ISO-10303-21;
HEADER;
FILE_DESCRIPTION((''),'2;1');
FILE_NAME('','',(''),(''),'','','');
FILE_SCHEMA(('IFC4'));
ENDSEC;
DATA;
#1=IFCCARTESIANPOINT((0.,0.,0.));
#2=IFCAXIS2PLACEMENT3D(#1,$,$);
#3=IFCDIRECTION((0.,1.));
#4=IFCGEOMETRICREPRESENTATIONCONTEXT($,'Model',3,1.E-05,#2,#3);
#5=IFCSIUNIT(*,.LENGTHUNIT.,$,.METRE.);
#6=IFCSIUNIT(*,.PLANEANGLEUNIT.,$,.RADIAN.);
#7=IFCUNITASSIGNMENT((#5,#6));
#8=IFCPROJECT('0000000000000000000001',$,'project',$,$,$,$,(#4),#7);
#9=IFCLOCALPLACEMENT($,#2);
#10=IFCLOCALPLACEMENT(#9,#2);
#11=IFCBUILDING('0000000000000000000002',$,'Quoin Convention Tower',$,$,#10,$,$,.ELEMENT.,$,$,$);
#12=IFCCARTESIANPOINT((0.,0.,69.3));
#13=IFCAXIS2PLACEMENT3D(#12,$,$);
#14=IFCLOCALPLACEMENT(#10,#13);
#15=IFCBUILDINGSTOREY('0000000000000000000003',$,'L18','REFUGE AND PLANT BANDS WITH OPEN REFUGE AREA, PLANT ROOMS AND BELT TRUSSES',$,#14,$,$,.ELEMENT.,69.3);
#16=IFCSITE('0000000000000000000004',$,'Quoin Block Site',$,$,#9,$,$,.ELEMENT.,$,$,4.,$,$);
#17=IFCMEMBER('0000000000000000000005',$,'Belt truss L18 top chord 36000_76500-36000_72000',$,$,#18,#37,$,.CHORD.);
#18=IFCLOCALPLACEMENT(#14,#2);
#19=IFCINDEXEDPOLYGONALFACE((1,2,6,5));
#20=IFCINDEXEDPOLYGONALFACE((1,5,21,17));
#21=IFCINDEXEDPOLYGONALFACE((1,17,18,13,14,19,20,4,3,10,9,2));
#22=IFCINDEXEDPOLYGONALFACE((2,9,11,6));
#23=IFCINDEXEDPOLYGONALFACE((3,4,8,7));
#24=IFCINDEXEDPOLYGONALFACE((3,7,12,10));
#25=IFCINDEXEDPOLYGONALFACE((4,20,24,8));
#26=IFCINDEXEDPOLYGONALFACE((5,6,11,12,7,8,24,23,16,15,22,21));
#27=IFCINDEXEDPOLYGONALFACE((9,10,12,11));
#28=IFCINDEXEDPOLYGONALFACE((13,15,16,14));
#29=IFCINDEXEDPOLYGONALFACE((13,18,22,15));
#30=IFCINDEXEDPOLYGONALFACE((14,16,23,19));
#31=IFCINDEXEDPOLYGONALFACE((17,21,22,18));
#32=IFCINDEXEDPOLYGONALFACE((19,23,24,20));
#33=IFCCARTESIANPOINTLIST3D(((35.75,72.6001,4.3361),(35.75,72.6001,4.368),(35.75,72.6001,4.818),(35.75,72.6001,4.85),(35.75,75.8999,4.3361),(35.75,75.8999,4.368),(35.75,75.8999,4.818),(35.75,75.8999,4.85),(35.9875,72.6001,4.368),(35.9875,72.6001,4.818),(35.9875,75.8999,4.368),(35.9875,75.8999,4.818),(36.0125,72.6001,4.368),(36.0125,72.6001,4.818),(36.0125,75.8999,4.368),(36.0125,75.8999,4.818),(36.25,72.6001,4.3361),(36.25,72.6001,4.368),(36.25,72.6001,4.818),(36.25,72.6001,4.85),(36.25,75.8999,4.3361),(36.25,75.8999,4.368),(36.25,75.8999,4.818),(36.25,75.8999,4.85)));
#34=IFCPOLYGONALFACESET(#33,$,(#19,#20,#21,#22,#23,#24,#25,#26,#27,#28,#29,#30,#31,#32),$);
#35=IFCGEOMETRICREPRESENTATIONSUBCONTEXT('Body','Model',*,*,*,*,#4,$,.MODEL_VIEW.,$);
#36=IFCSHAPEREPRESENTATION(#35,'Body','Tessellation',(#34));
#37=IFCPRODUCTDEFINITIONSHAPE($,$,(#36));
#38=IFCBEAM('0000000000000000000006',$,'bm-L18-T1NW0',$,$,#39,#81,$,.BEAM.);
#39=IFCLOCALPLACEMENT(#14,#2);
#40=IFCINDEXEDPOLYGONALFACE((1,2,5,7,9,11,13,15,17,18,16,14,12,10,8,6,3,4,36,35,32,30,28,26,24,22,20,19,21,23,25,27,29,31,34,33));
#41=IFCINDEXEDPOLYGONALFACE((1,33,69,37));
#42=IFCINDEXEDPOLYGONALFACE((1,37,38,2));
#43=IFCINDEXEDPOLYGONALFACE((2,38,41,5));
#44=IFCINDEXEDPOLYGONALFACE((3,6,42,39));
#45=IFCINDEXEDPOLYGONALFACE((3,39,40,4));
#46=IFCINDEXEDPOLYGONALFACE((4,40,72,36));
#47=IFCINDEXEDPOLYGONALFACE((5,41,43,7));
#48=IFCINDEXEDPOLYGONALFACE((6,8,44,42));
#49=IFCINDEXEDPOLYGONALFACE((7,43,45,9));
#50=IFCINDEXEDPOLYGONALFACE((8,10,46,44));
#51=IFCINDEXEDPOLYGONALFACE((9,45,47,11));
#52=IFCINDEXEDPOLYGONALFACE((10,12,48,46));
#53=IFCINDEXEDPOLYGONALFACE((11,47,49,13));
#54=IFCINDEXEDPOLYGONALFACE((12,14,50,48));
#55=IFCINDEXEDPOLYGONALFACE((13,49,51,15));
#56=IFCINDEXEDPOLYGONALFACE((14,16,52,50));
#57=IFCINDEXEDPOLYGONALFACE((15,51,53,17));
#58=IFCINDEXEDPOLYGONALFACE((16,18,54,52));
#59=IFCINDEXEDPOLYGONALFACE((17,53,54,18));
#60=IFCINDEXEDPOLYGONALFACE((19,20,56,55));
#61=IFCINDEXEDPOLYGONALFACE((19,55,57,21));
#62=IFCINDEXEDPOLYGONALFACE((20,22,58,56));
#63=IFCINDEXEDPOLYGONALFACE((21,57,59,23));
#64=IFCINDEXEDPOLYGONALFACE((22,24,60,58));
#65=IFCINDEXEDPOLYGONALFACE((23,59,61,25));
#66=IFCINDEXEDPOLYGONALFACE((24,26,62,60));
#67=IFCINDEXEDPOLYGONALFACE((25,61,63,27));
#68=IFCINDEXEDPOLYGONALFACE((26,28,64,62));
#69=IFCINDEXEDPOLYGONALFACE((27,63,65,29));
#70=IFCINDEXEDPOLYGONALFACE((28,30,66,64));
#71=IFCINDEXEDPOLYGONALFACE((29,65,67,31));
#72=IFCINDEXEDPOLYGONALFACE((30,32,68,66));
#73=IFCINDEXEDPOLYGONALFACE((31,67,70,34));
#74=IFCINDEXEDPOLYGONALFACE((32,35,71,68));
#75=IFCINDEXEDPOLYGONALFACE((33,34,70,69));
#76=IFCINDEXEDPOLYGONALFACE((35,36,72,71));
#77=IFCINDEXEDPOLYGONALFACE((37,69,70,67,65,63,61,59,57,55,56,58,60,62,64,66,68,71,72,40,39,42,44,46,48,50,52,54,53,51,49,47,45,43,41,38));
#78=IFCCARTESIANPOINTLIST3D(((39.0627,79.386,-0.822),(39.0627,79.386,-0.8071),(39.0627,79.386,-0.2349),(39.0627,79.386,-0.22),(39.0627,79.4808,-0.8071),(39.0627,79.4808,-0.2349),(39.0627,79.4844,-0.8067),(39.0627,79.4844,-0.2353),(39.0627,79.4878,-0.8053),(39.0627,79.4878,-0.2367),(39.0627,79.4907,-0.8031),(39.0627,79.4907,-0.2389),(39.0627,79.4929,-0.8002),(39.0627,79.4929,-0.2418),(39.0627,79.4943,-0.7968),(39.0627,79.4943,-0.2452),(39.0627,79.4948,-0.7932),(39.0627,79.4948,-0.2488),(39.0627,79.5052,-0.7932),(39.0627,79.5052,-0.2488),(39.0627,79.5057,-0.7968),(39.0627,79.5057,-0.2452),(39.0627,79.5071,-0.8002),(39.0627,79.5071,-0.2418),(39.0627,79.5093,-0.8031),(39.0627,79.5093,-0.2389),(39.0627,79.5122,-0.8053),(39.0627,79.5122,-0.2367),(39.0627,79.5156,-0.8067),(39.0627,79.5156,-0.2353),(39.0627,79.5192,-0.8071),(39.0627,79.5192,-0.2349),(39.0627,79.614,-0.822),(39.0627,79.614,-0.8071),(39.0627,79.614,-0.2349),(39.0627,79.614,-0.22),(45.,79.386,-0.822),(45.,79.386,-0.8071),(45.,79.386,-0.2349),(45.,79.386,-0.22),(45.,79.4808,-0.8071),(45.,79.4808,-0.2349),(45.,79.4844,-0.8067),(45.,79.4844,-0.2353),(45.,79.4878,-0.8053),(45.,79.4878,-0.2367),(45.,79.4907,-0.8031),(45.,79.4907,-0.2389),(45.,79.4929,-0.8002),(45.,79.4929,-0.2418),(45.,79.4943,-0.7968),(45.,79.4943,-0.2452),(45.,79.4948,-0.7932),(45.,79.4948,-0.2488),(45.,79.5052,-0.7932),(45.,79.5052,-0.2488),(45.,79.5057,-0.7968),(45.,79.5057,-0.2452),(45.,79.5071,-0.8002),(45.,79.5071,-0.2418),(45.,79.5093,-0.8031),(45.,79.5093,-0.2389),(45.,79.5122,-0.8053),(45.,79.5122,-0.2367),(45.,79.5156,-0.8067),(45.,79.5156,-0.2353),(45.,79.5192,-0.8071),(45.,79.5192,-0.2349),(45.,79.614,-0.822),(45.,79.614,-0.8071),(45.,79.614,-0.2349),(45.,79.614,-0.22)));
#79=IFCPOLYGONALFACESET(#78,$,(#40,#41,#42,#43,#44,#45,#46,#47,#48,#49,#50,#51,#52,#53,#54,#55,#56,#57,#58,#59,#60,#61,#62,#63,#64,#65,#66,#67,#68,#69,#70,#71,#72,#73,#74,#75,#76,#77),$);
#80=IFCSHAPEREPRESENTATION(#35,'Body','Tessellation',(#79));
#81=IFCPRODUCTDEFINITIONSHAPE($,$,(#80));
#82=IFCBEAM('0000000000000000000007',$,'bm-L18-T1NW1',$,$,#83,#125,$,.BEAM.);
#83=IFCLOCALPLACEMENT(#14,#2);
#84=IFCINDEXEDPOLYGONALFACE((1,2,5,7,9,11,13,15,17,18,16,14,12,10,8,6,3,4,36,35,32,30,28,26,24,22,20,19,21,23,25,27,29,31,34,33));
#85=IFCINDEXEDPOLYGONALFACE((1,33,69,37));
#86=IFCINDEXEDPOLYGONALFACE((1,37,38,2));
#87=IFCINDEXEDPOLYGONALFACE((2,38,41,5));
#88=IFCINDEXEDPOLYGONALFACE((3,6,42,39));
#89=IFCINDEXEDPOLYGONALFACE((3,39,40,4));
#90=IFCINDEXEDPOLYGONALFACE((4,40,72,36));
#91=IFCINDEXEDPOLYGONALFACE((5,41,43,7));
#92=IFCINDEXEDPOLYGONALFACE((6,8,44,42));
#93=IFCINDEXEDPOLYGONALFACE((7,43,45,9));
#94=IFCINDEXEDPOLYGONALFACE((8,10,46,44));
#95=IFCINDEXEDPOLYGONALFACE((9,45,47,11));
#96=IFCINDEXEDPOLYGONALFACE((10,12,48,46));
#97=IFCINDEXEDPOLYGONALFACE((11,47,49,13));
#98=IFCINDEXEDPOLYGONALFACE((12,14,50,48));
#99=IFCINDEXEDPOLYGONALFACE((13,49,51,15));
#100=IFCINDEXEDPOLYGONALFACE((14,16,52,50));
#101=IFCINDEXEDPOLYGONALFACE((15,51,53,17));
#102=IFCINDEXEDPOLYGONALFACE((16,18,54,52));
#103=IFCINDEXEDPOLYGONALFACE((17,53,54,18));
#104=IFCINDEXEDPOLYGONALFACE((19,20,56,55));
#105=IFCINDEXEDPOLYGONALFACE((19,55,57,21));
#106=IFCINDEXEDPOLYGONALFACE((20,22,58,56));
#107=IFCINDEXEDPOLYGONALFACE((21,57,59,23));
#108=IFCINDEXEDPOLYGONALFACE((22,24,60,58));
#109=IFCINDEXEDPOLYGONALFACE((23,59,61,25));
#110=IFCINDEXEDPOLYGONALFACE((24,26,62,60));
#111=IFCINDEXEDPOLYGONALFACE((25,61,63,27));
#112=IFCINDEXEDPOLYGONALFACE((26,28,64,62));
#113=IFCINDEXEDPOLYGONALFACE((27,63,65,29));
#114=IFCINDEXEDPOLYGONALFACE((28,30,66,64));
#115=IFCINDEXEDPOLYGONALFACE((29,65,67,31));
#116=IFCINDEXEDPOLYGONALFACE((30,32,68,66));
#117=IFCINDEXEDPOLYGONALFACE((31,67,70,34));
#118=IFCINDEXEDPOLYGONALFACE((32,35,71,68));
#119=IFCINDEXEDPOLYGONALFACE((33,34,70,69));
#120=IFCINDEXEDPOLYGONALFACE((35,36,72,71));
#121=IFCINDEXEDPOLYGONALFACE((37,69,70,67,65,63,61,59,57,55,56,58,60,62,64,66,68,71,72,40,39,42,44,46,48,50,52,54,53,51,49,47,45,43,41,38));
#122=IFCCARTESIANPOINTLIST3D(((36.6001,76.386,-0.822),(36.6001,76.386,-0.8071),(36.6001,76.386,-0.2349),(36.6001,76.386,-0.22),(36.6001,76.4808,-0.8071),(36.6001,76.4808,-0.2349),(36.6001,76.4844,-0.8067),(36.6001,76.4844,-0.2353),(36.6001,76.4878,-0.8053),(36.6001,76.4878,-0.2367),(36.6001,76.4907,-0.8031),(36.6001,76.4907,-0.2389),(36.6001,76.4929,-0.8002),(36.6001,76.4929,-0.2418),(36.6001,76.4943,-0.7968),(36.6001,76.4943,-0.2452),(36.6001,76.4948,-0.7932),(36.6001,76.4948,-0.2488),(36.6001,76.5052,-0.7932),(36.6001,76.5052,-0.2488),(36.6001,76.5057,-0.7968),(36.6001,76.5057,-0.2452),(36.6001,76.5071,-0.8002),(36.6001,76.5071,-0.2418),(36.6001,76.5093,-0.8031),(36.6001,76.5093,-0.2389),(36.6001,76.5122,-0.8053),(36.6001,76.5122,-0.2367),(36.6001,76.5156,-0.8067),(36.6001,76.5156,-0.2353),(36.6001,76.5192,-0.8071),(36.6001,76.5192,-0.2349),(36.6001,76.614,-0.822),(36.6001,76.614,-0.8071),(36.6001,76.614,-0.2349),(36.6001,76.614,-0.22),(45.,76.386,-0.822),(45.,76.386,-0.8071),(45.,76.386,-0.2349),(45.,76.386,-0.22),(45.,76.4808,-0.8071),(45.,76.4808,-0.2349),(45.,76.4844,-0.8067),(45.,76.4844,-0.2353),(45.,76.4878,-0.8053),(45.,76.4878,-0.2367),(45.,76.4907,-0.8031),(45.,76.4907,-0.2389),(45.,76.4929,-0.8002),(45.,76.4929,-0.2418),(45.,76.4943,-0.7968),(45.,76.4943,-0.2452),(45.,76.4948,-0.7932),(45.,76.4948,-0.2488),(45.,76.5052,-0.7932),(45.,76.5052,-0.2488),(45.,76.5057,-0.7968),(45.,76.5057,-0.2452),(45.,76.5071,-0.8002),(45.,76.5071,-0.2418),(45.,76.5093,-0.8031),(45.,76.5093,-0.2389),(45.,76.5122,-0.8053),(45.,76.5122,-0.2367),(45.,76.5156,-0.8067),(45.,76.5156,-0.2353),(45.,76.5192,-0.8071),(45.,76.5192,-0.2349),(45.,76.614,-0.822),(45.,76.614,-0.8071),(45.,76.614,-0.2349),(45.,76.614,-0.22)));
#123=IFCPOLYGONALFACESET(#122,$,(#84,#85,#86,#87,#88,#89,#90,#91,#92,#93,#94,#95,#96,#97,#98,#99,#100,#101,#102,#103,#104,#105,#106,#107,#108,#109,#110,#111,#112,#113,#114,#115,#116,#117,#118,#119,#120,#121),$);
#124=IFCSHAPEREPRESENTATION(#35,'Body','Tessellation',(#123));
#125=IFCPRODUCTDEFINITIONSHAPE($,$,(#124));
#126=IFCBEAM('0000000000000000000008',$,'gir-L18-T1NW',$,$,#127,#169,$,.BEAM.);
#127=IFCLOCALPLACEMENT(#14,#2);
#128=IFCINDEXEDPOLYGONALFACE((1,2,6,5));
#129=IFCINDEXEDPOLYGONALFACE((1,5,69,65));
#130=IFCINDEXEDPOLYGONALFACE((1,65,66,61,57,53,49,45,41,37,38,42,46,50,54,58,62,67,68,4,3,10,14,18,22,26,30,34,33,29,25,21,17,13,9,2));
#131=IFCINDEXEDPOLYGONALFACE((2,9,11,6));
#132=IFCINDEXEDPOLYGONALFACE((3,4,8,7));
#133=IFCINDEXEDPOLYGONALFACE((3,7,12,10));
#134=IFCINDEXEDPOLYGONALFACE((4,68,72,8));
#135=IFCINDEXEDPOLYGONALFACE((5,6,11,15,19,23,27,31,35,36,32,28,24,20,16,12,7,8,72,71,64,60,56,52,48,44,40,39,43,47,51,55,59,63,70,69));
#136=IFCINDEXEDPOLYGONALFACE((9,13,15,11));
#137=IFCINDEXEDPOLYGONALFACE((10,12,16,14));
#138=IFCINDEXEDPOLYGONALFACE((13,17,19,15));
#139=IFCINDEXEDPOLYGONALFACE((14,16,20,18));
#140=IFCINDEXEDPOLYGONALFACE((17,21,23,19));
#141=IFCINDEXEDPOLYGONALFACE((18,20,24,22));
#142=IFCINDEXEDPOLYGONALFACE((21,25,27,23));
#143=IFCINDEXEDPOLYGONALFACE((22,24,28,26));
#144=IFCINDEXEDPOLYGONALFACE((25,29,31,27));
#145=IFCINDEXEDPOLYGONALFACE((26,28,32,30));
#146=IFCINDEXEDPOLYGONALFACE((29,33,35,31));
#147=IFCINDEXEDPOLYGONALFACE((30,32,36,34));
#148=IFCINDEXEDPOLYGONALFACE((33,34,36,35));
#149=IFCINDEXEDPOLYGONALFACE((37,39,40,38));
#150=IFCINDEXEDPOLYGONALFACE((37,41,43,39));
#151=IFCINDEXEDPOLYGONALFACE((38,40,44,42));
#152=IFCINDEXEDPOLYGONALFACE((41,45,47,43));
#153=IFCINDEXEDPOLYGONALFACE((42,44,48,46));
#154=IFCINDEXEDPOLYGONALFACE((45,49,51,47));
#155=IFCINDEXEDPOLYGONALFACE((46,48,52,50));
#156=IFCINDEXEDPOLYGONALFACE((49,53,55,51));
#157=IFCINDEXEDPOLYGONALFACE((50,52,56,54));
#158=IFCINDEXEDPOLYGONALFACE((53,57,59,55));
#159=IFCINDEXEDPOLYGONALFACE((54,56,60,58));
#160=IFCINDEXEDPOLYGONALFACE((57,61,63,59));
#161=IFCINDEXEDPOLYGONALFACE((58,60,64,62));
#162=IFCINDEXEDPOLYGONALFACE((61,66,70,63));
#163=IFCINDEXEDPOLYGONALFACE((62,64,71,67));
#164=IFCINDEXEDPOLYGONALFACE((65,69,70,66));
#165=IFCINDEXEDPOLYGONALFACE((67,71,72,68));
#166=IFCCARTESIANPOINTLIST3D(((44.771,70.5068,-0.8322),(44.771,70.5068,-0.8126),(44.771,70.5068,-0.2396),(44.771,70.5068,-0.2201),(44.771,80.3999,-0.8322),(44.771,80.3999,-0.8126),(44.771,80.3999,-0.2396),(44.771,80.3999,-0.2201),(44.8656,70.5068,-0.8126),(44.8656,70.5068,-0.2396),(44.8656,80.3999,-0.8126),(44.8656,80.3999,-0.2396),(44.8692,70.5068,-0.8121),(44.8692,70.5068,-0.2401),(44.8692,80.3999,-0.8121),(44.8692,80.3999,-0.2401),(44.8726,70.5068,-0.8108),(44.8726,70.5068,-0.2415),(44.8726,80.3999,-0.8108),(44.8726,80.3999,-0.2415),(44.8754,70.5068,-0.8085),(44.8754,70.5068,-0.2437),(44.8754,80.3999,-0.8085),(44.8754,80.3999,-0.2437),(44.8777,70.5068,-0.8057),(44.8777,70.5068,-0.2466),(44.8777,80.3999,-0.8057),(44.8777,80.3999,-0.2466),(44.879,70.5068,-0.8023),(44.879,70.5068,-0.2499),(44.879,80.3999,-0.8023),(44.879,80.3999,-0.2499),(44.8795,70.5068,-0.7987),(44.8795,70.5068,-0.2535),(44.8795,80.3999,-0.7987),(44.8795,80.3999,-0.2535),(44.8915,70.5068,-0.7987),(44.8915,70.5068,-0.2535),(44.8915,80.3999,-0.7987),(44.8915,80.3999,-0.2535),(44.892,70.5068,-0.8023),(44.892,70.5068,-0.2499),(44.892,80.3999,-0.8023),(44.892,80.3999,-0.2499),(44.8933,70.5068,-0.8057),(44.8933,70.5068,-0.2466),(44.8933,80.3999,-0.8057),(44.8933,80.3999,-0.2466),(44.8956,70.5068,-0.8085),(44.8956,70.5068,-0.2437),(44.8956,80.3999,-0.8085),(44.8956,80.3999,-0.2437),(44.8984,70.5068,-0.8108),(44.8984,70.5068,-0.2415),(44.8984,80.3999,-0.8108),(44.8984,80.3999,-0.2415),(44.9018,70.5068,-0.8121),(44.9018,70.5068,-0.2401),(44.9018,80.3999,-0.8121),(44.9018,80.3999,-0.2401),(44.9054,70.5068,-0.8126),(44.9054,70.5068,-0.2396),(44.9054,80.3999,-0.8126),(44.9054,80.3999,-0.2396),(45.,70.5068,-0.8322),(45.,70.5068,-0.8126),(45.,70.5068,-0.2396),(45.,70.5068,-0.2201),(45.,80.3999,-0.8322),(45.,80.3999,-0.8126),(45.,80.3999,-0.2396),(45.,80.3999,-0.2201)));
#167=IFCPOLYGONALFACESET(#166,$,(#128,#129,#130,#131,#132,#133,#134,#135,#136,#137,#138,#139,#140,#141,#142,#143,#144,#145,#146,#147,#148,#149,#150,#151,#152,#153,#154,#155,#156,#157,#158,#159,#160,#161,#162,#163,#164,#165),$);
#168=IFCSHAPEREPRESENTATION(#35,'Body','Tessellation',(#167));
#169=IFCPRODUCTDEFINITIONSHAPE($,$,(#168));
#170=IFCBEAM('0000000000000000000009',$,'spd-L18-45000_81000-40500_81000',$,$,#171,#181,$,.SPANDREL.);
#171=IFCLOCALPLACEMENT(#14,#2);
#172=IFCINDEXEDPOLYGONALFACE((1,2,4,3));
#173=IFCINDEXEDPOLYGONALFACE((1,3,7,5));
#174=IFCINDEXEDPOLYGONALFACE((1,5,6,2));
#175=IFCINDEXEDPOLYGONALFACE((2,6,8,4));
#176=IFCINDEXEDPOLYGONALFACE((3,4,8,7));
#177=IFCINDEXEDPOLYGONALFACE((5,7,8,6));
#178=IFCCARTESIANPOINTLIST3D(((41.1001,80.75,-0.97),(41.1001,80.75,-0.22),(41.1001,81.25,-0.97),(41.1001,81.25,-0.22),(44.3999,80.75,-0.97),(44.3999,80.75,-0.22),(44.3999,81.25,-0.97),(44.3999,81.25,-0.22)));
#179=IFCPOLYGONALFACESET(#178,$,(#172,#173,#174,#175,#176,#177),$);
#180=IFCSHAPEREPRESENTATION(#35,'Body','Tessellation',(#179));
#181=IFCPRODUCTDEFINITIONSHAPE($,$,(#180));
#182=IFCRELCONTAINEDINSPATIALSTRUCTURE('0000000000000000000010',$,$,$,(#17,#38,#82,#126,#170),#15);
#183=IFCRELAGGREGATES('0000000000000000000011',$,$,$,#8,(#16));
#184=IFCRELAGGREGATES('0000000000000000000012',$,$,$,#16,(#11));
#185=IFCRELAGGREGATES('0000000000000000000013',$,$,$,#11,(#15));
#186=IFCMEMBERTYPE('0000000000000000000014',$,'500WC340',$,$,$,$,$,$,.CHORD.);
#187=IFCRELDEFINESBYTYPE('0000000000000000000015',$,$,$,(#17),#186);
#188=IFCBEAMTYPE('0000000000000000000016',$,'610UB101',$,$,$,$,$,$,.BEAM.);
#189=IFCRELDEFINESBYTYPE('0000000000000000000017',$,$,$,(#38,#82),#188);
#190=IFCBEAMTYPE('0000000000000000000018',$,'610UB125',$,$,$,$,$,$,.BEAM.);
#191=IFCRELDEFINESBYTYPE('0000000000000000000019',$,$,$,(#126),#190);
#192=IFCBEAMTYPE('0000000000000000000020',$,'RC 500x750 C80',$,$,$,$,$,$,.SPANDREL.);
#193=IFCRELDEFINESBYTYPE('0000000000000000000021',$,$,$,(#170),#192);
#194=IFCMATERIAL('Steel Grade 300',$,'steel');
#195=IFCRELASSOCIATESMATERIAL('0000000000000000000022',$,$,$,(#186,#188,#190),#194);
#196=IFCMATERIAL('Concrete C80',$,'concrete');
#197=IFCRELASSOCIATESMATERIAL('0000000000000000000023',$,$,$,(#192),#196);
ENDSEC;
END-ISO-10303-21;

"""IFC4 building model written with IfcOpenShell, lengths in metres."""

from ifc_helpers import new_model, si_unit, direction, frame, origin, origin_2d, place, context, subcontext, project, spatial, rectangle, i_section, extrude, material, material_profile, profile_set, type_object, element, save


model = new_model("IFC4")

# Units and contexts
model_context = context("Model", 3, precision=1e-05, world=origin(), true_north=direction((0.0, 1.0)))
body_context = subcontext(model_context, "Body", "Model", "MODEL_VIEW")
ifc_project = project(units=[si_unit("LENGTHUNIT", "METRE"), si_unit("PLANEANGLEUNIT", "RADIAN")], contexts=[model_context])

# Site, building, storey
site_placement = place(None, origin())
site = spatial("IfcSite", under=ifc_project, at=site_placement, Name="Quoin Block Site", CompositionType="ELEMENT", RefElevation=4.0)
building_placement = place(site_placement, origin())
building = spatial("IfcBuilding", under=site, at=building_placement, Name="Quoin Convention Tower", CompositionType="ELEMENT")
storey_placement = place(building_placement, frame((0.0, 0.0, 69.3)))
storey = spatial("IfcBuildingStorey", under=building, at=storey_placement, Name="L18", Description="REFUGE AND PLANT BANDS WITH OPEN REFUGE AREA, PLANT ROOMS AND BELT TRUSSES", CompositionType="ELEMENT", Elevation=69.3)

# Shared definitions
ifc_material_1 = material(Name="Concrete C80", Category="concrete")

# Member
ifc_material_2 = material(Name="Steel Grade 300", Category="steel")
ifc_material_profile_1 = material_profile(ifc_material_2, i_section(OverallWidth=0.5, OverallDepth=0.5139, WebThickness=0.0249, FlangeThickness=0.032, at=origin_2d()), Name="500WC340")
ifc_profile_set_1 = profile_set([ifc_material_profile_1], Name="Steel Grade 300")
member_type_1 = type_object("IfcMemberType", Name="500WC340", PredefinedType="CHORD", material=ifc_profile_set_1)
member_1_placement = place(storey_placement, frame((36.0, 75.8999, 4.593), z_axis=(0.0, -1.0, 0.0), x_axis=(1.0, 0.0, 0.0)))
element("IfcMember", 1, at=member_1_placement, inside=storey, type_object=member_type_1, Name="Belt truss L18 top chord 36000_76500-36000_72000", PredefinedType="CHORD", context=body_context, shape_type="SweptSolid", body=[
    extrude(i_section(OverallWidth=0.5, OverallDepth=0.5139, WebThickness=0.0249, FlangeThickness=0.032, at=origin_2d()), origin(), (0.0, 0.0, 1.0), 3.2998),
])

# Beams
ifc_material_profile_2 = material_profile(ifc_material_2, i_section(OverallWidth=0.228, OverallDepth=0.6021, WebThickness=0.0105, FlangeThickness=0.0149, FilletRadius=0.0139, at=origin_2d()), Name="610UB101")
ifc_profile_set_2 = profile_set([ifc_material_profile_2], Name="Steel Grade 300")
beam_type_1 = type_object("IfcBeamType", Name="610UB101", PredefinedType="BEAM", material=ifc_profile_set_2)
beam_1_placement = place(storey_placement, frame((39.0627, 79.5, -0.521), z_axis=(1.0, 0.0, 0.0), x_axis=(0.0, 1.0, 0.0)))
element("IfcBeam", 2, at=beam_1_placement, inside=storey, type_object=beam_type_1, Name="bm-L18-T1NW0", PredefinedType="BEAM", context=body_context, shape_type="SweptSolid", body=[
    extrude(i_section(OverallWidth=0.228, OverallDepth=0.6021, WebThickness=0.0105, FlangeThickness=0.0149, FilletRadius=0.0139, at=origin_2d()), origin(), (0.0, 0.0, 1.0), 5.9373),
])
beam_2_placement = place(storey_placement, frame((36.6001, 76.5, -0.521), z_axis=(1.0, 0.0, 0.0), x_axis=(0.0, 1.0, 0.0)))
element("IfcBeam", 3, at=beam_2_placement, inside=storey, type_object=beam_type_1, Name="bm-L18-T1NW1", PredefinedType="BEAM", context=body_context, shape_type="SweptSolid", body=[
    extrude(i_section(OverallWidth=0.228, OverallDepth=0.6021, WebThickness=0.0105, FlangeThickness=0.0149, FilletRadius=0.0139, at=origin_2d()), origin(), (0.0, 0.0, 1.0), 8.3999),
])
ifc_material_profile_3 = material_profile(ifc_material_2, i_section(OverallWidth=0.229, OverallDepth=0.6121, WebThickness=0.012, FlangeThickness=0.0195, FilletRadius=0.0139, at=origin_2d()), Name="610UB125")
ifc_profile_set_3 = profile_set([ifc_material_profile_3], Name="Steel Grade 300")
beam_type_2 = type_object("IfcBeamType", Name="610UB125", PredefinedType="BEAM", material=ifc_profile_set_3)
beam_3_placement = place(storey_placement, frame((44.8855, 80.3999, -0.5261), z_axis=(0.0, -1.0, 0.0), x_axis=(1.0, 0.0, 0.0)))
element("IfcBeam", 4, at=beam_3_placement, inside=storey, type_object=beam_type_2, Name="gir-L18-T1NW", PredefinedType="BEAM", context=body_context, shape_type="SweptSolid", body=[
    extrude(i_section(OverallWidth=0.229, OverallDepth=0.6121, WebThickness=0.012, FlangeThickness=0.0195, FilletRadius=0.0139, at=origin_2d()), origin(), (0.0, 0.0, 1.0), 9.8931),
])
ifc_material_profile_4 = material_profile(ifc_material_1, rectangle(XDim=0.5, YDim=0.75, at=origin_2d()), Name="RC 500x750")
ifc_profile_set_4 = profile_set([ifc_material_profile_4], Name="Concrete C80")
beam_type_3 = type_object("IfcBeamType", Name="RC 500x750 C80", PredefinedType="SPANDREL", material=ifc_profile_set_4)
beam_4_placement = place(storey_placement, frame((44.3999, 81.0, -0.595), z_axis=(-1.0, 0.0, 0.0), x_axis=(0.0, -1.0, 0.0)))
element("IfcBeam", 5, at=beam_4_placement, inside=storey, type_object=beam_type_3, Name="spd-L18-45000_81000-40500_81000", PredefinedType="SPANDREL", context=body_context, shape_type="SweptSolid", body=[
    extrude(rectangle(XDim=0.5, YDim=0.75, at=origin_2d()), origin(), (0.0, 0.0, 1.0), 3.2998),
])

save(model, "model.ifc")
